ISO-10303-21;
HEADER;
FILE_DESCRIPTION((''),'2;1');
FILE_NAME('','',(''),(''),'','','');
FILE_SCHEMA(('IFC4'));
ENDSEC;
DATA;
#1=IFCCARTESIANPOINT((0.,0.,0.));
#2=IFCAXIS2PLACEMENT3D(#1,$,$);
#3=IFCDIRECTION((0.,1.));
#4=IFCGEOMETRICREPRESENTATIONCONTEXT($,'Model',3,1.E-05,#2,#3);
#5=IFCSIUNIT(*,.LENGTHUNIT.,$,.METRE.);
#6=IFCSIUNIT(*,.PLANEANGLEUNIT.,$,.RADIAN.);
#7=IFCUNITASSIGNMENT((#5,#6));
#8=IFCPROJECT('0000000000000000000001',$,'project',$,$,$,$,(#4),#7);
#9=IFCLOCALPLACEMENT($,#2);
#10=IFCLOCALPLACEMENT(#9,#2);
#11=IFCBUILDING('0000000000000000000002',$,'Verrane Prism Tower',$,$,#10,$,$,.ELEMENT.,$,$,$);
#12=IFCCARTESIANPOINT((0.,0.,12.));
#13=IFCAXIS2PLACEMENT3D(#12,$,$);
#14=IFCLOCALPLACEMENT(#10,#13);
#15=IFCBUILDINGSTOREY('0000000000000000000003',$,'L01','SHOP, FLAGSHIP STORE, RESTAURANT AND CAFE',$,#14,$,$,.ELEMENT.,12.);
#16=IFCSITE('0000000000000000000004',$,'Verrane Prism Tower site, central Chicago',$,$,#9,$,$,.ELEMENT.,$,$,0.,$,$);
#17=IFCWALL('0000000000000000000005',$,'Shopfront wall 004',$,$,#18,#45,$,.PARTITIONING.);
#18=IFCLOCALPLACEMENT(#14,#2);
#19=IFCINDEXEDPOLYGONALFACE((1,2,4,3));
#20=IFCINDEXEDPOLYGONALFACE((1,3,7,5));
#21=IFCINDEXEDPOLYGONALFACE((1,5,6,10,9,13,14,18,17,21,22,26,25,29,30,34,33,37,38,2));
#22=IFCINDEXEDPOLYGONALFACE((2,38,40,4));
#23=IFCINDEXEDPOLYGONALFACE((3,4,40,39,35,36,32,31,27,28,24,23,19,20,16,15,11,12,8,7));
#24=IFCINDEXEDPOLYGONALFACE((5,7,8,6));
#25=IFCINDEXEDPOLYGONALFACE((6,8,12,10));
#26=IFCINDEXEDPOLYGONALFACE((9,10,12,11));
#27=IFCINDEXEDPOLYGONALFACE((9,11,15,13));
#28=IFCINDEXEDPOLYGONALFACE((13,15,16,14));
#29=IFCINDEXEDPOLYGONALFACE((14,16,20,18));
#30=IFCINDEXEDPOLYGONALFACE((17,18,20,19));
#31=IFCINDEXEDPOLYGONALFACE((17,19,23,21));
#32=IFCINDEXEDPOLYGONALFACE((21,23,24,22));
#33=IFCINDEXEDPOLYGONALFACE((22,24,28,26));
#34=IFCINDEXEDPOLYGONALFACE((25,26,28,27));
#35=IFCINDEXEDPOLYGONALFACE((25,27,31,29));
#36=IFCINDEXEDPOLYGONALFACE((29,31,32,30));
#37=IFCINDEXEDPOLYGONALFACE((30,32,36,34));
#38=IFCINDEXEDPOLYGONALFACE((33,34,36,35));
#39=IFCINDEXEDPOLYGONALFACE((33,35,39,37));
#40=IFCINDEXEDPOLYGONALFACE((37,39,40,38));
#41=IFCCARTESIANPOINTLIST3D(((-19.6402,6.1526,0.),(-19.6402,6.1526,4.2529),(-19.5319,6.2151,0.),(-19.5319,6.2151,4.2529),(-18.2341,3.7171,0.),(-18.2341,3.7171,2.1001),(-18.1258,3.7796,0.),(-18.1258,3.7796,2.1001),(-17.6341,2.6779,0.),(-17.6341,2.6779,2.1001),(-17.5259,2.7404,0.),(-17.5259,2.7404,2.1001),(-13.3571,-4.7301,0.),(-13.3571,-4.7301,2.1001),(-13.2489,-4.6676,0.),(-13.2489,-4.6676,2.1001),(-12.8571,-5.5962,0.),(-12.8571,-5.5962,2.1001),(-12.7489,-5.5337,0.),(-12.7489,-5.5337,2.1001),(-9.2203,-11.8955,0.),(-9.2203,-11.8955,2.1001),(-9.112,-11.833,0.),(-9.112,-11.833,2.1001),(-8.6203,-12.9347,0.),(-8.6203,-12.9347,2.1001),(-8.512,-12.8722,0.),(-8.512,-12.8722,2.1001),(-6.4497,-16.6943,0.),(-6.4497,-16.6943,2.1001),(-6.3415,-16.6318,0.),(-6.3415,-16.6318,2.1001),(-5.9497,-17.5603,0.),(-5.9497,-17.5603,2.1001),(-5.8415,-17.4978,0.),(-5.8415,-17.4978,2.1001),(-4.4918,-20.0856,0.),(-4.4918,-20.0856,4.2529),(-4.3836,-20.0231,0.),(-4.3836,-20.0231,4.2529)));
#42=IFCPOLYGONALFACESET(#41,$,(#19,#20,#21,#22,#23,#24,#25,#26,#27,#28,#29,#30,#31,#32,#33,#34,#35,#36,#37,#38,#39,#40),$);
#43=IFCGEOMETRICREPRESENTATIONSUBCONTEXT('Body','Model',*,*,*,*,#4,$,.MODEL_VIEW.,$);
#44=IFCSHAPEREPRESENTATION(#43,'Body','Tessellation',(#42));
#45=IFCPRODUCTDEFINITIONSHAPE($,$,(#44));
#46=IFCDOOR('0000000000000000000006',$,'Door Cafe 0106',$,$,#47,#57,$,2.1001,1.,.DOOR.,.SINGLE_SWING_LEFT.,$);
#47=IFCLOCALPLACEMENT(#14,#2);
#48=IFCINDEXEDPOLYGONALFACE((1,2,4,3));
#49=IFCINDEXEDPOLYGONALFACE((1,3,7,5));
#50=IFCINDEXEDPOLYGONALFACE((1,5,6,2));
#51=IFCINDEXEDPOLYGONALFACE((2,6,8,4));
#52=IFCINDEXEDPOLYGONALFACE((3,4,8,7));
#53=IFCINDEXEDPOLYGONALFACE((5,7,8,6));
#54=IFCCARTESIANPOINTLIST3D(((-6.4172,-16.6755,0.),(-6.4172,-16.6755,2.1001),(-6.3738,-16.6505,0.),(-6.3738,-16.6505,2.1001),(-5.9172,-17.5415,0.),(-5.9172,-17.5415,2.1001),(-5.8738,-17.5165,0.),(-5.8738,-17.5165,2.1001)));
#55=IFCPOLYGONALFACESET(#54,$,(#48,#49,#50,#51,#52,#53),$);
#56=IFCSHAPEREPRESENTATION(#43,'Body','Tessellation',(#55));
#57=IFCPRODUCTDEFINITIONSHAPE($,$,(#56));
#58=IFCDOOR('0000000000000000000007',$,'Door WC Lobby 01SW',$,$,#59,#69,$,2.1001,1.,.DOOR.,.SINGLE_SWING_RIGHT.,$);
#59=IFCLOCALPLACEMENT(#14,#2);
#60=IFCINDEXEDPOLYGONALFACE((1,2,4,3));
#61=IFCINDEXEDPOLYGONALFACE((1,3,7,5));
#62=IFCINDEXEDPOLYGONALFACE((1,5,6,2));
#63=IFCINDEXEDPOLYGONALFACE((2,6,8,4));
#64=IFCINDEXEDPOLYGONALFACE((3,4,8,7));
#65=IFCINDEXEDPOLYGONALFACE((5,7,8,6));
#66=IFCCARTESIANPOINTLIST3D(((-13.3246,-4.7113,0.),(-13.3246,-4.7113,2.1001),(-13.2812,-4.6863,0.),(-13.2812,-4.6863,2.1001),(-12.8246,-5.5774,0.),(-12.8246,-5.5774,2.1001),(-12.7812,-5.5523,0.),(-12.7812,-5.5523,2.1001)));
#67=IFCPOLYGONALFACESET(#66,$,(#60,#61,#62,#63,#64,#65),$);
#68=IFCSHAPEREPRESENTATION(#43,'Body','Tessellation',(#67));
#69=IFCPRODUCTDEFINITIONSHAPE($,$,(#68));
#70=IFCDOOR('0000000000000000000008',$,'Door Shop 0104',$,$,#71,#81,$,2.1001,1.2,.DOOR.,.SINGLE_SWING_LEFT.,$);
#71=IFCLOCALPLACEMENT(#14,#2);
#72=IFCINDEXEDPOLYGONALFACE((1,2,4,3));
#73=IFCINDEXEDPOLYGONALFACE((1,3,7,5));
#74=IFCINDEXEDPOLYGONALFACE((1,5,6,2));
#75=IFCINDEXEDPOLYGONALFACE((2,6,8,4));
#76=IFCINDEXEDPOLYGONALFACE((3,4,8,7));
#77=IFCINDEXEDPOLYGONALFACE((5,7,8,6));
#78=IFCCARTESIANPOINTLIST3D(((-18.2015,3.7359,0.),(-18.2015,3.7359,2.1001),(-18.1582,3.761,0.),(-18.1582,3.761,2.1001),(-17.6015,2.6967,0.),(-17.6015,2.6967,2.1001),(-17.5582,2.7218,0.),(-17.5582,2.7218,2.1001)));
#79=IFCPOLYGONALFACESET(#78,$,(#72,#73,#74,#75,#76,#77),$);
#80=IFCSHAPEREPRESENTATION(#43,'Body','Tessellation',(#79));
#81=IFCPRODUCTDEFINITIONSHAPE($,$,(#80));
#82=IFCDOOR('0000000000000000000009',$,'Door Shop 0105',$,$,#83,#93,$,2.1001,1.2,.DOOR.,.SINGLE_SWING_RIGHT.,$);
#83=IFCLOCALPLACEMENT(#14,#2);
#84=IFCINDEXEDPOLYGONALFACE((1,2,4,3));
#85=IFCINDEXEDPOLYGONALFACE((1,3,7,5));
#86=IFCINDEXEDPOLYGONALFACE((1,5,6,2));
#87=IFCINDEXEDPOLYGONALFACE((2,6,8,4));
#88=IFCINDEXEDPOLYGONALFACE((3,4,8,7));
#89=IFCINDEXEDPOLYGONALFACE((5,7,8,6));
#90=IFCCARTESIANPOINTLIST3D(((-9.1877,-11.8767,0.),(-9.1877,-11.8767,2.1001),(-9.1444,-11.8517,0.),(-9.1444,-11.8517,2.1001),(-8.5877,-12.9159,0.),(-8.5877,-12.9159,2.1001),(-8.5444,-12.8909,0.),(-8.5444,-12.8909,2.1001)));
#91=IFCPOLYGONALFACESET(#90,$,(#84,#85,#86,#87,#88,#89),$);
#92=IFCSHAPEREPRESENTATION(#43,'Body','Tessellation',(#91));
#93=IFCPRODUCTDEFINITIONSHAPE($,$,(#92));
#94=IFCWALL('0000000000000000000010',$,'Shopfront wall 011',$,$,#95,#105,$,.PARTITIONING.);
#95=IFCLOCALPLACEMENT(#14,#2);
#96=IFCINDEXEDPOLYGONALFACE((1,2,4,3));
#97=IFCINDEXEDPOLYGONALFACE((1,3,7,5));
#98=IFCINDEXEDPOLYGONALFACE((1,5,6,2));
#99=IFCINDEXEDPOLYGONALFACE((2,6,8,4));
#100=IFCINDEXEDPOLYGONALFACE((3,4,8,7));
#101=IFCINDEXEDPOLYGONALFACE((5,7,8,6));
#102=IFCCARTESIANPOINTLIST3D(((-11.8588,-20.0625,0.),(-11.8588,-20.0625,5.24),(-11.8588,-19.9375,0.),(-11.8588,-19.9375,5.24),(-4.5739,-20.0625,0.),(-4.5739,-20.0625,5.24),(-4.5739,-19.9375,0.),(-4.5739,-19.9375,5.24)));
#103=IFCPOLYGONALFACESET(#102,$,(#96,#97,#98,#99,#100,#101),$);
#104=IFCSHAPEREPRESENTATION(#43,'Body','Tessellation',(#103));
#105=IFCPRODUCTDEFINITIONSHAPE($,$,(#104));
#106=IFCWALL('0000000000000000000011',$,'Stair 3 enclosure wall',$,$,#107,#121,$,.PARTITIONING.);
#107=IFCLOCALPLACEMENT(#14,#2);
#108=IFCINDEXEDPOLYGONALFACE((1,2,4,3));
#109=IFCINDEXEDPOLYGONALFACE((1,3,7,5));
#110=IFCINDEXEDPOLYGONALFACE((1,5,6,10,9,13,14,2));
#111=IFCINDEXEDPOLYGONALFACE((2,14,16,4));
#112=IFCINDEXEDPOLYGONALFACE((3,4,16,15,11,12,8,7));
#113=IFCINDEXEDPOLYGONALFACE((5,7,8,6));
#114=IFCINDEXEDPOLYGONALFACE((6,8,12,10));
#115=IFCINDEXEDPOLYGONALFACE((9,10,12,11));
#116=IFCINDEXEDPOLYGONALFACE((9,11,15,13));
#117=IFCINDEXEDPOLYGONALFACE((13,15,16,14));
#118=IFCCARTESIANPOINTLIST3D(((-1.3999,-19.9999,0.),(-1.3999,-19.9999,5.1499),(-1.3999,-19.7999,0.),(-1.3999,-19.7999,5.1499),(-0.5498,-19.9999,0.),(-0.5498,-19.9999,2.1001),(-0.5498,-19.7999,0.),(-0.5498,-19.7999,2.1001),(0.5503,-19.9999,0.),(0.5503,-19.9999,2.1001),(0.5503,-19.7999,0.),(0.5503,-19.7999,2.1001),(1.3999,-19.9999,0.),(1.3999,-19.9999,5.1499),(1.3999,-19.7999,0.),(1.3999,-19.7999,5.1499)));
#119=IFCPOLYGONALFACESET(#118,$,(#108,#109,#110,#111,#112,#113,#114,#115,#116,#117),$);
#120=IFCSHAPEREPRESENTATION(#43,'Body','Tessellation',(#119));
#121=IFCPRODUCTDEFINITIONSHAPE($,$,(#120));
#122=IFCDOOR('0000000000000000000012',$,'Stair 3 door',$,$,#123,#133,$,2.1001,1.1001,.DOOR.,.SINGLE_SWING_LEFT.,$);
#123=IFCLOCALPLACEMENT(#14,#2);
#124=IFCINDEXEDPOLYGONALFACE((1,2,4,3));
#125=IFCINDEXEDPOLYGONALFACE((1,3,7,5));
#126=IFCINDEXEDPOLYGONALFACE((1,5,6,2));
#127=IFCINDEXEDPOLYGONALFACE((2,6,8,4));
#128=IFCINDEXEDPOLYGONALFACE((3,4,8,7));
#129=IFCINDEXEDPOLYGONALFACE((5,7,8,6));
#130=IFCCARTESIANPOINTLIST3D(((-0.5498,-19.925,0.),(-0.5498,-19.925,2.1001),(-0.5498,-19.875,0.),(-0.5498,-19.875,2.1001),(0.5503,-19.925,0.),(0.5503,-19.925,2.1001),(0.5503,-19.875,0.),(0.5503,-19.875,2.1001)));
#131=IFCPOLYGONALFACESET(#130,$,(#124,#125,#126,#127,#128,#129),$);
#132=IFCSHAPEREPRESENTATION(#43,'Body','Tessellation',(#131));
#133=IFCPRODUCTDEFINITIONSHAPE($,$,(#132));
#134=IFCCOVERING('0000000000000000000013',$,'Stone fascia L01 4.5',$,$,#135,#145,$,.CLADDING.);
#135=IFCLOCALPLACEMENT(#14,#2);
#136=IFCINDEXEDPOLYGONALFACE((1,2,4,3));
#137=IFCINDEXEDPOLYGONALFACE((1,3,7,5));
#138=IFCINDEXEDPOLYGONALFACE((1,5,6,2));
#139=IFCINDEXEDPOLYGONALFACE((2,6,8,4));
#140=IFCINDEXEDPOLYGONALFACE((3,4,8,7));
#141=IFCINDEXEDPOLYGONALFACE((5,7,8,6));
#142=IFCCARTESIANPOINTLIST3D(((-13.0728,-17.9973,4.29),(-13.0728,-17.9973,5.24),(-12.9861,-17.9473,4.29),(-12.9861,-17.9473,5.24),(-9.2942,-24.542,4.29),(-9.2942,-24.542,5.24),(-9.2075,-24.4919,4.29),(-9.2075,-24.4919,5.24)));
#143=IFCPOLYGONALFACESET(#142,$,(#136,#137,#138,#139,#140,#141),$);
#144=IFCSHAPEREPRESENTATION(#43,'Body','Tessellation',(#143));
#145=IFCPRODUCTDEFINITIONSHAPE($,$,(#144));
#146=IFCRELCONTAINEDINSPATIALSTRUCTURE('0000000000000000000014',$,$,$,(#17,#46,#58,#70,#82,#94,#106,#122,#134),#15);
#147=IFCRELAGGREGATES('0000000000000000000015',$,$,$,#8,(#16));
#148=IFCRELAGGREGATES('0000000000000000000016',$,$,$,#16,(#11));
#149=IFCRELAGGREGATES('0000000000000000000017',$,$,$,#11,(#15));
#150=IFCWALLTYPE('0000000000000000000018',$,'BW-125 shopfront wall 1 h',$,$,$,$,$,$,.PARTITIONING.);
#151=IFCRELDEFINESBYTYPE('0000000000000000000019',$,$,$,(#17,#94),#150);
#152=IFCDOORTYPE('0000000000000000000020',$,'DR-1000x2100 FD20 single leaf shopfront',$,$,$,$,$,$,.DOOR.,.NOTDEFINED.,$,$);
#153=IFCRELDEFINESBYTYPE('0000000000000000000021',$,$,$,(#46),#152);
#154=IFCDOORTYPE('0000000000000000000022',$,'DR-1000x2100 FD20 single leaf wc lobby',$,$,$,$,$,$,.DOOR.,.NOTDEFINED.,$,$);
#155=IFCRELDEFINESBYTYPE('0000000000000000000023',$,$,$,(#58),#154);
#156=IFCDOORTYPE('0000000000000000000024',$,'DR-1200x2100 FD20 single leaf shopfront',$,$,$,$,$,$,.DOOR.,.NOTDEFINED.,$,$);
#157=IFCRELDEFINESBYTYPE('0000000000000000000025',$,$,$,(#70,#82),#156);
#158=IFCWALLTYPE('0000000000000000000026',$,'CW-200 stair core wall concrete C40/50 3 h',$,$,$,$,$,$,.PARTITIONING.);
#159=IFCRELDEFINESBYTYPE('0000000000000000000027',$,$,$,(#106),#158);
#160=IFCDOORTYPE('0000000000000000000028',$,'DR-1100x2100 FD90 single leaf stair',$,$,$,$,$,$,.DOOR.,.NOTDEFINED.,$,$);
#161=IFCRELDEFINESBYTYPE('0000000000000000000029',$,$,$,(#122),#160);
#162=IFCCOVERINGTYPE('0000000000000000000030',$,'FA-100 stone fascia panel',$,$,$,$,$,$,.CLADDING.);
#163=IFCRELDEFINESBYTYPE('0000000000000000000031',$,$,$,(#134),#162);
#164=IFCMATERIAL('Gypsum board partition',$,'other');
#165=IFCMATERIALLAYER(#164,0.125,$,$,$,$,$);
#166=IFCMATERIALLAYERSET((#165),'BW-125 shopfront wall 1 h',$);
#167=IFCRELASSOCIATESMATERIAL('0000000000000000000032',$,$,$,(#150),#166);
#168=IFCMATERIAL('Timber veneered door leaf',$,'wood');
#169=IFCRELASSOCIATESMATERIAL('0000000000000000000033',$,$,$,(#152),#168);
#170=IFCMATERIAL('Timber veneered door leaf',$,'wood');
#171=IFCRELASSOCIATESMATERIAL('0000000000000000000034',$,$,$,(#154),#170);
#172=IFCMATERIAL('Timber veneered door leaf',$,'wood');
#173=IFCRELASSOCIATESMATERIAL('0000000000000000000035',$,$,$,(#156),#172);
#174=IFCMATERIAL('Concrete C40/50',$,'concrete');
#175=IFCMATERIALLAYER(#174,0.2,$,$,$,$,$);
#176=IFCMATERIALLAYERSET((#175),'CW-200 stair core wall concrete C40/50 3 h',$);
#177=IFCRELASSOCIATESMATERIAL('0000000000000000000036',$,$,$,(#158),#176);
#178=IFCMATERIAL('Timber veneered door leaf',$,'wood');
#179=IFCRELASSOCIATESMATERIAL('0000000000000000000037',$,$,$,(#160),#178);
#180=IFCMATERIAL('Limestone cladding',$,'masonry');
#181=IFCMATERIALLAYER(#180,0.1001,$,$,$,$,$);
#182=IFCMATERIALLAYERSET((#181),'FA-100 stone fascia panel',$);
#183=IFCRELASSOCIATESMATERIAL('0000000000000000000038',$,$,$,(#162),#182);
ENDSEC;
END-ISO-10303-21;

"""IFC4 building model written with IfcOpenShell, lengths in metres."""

from ifc_helpers import new_model, si_unit, direction, frame, frame_2d, origin, origin_2d, place, context, subcontext, project, spatial, rectangle, extrude, material, layer, layer_set, type_object, element, fill, save


model = new_model("IFC4")

# Units and contexts
model_context = context("Model", 3, precision=1e-05, world=origin(), true_north=direction((0.0, 1.0)))
body_context = subcontext(model_context, "Body", "Model", "MODEL_VIEW")
ifc_project = project(units=[si_unit("LENGTHUNIT", "METRE"), si_unit("PLANEANGLEUNIT", "RADIAN")], contexts=[model_context])

# Site, building, storey
site_placement = place(None, origin())
site = spatial("IfcSite", under=ifc_project, at=site_placement, Name="Verrane Prism Tower site, central Chicago", CompositionType="ELEMENT", RefElevation=0.0)
building_placement = place(site_placement, origin())
building = spatial("IfcBuilding", under=site, at=building_placement, Name="Verrane Prism Tower", CompositionType="ELEMENT")
storey_placement = place(building_placement, frame((0.0, 0.0, 12.0)))
storey = spatial("IfcBuildingStorey", under=building, at=storey_placement, Name="L01", Description="SHOP, FLAGSHIP STORE, RESTAURANT AND CAFE", CompositionType="ELEMENT", Elevation=12.0)

# Wall, openings, doors
ifc_material_1 = material(Name="Gypsum board partition", Category="other")
ifc_layer_1 = layer(ifc_material_1, 0.125)
ifc_layer_set_1 = layer_set([ifc_layer_1], Name="BW-125 shopfront wall 1 h")
wall_type_1 = type_object("IfcWallType", Name="BW-125 shopfront wall 1 h", PredefinedType="PARTITIONING", material=ifc_layer_set_1)
wall_1_placement = place(storey_placement, frame((-4.4377, -20.0542, 0.0), z_axis=(0.0, 0.0, 1.0), x_axis=(-0.499994, 0.866029, 0.0)))
wall_1 = element("IfcWall", 1, at=wall_1_placement, inside=storey, type_object=wall_type_1, Name="Shopfront wall 004", PredefinedType="PARTITIONING", context=body_context, shape_type="SweptSolid", body=[
    extrude(rectangle(XDim=30.2971, YDim=0.125, at=frame_2d((15.1484, 0.0))), origin(), (0.0, 0.0, 1.0), 4.2529),
])
opening_1_placement = place(wall_1_placement, frame((26.2847, 0.0, 0.0)))
opening_1 = element("IfcOpeningElement", 2, at=opening_1_placement, cuts=wall_1, PredefinedType="OPENING", context=body_context, shape_type="SweptSolid", body=[
    extrude(rectangle(XDim=1.2, YDim=2.1001, at=frame_2d((0.6001, 1.05))), frame((0.0, 0.0725, 0.0), z_axis=(0.0, -1.0, 0.0), x_axis=(1.0, 0.0, 0.0)), (0.0, 0.0, 1.0), 0.145),
])
opening_2_placement = place(wall_1_placement, frame((16.7307, 0.0, 0.0)))
opening_2 = element("IfcOpeningElement", 3, at=opening_2_placement, cuts=wall_1, PredefinedType="OPENING", context=body_context, shape_type="SweptSolid", body=[
    extrude(rectangle(XDim=1.0, YDim=2.1001, at=frame_2d((0.5, 1.05))), frame((0.0, 0.0725, 0.0), z_axis=(0.0, -1.0, 0.0), x_axis=(1.0, 0.0, 0.0)), (0.0, 0.0, 1.0), 0.145),
])
opening_3_placement = place(wall_1_placement, frame((8.2568, 0.0, 0.0)))
opening_3 = element("IfcOpeningElement", 4, at=opening_3_placement, cuts=wall_1, PredefinedType="OPENING", context=body_context, shape_type="SweptSolid", body=[
    extrude(rectangle(XDim=1.2, YDim=2.1001, at=frame_2d((0.6001, 1.05))), frame((0.0, 0.0725, 0.0), z_axis=(0.0, -1.0, 0.0), x_axis=(1.0, 0.0, 0.0)), (0.0, 0.0, 1.0), 0.145),
])
opening_4_placement = place(wall_1_placement, frame((2.9158, 0.0, 0.0)))
opening_4 = element("IfcOpeningElement", 5, at=opening_4_placement, cuts=wall_1, PredefinedType="OPENING", context=body_context, shape_type="SweptSolid", body=[
    extrude(rectangle(XDim=1.0, YDim=2.1001, at=frame_2d((0.5, 1.05))), frame((0.0, 0.0725, 0.0), z_axis=(0.0, -1.0, 0.0), x_axis=(1.0, 0.0, 0.0)), (0.0, 0.0, 1.0), 0.145),
])
ifc_material_2 = material(Name="Timber veneered door leaf", Category="wood")
door_type_1 = type_object("IfcDoorType", Name="DR-1000x2100 FD20 single leaf shopfront", OperationType="NOTDEFINED", PredefinedType="DOOR", material=ifc_material_2)
door_1_placement = place(opening_4_placement, origin())
door_1 = element("IfcDoor", 6, at=door_1_placement, inside=storey, type_object=door_type_1, Name="Door Cafe 0106", OperationType="SINGLE_SWING_LEFT", OverallHeight=2.1001, OverallWidth=1.0, PredefinedType="DOOR", context=body_context, shape_type="SweptSolid", body=[
    extrude(rectangle(XDim=1.0, YDim=2.1001, at=frame_2d((0.5, 1.05))), frame((0.0, 0.0249, 0.0), z_axis=(0.0, -1.0, 0.0), x_axis=(1.0, 0.0, 0.0)), (0.0, 0.0, 1.0), 0.05),
])
fill(opening_4, door_1)
ifc_material_3 = material(Name="Timber veneered door leaf", Category="wood")
door_type_2 = type_object("IfcDoorType", Name="DR-1000x2100 FD20 single leaf wc lobby", OperationType="NOTDEFINED", PredefinedType="DOOR", material=ifc_material_3)
door_2_placement = place(opening_2_placement, origin())
door_2 = element("IfcDoor", 7, at=door_2_placement, inside=storey, type_object=door_type_2, Name="Door WC Lobby 01SW", OperationType="SINGLE_SWING_RIGHT", OverallHeight=2.1001, OverallWidth=1.0, PredefinedType="DOOR", context=body_context, shape_type="SweptSolid", body=[
    extrude(rectangle(XDim=1.0, YDim=2.1001, at=frame_2d((0.5, 1.05))), frame((0.0, 0.0249, 0.0), z_axis=(0.0, -1.0, 0.0), x_axis=(1.0, 0.0, 0.0)), (0.0, 0.0, 1.0), 0.05),
])
fill(opening_2, door_2)
ifc_material_4 = material(Name="Timber veneered door leaf", Category="wood")
door_type_3 = type_object("IfcDoorType", Name="DR-1200x2100 FD20 single leaf shopfront", OperationType="NOTDEFINED", PredefinedType="DOOR", material=ifc_material_4)
door_3_placement = place(opening_1_placement, origin())
door_3 = element("IfcDoor", 8, at=door_3_placement, inside=storey, type_object=door_type_3, Name="Door Shop 0104", OperationType="SINGLE_SWING_LEFT", OverallHeight=2.1001, OverallWidth=1.2, PredefinedType="DOOR", context=body_context, shape_type="SweptSolid", body=[
    extrude(rectangle(XDim=1.2, YDim=2.1001, at=frame_2d((0.6001, 1.05))), frame((0.0, 0.0249, 0.0), z_axis=(0.0, -1.0, 0.0), x_axis=(1.0, 0.0, 0.0)), (0.0, 0.0, 1.0), 0.05),
])
fill(opening_1, door_3)
door_4_placement = place(opening_3_placement, origin())
door_4 = element("IfcDoor", 9, at=door_4_placement, inside=storey, type_object=door_type_3, Name="Door Shop 0105", OperationType="SINGLE_SWING_RIGHT", OverallHeight=2.1001, OverallWidth=1.2, PredefinedType="DOOR", context=body_context, shape_type="SweptSolid", body=[
    extrude(rectangle(XDim=1.2, YDim=2.1001, at=frame_2d((0.6001, 1.05))), frame((0.0, 0.0249, 0.0), z_axis=(0.0, -1.0, 0.0), x_axis=(1.0, 0.0, 0.0)), (0.0, 0.0, 1.0), 0.05),
])
fill(opening_3, door_4)

# Wall
wall_2_placement = place(storey_placement, frame((-11.8589, -20.0, 0.0), z_axis=(0.0, 0.0, 1.0), x_axis=(1.0, 0.0, 0.0)))
element("IfcWall", 10, at=wall_2_placement, inside=storey, type_object=wall_type_1, Name="Shopfront wall 011", PredefinedType="PARTITIONING", context=body_context, shape_type="SweptSolid", body=[
    extrude(rectangle(XDim=7.2849, YDim=0.125, at=frame_2d((3.6426, 0.0))), origin(), (0.0, 0.0, 1.0), 5.24),
])

# Wall, opening, door
ifc_material_5 = material(Name="Concrete C40/50", Category="concrete")
ifc_layer_2 = layer(ifc_material_5, 0.2)
ifc_layer_set_2 = layer_set([ifc_layer_2], Name="CW-200 stair core wall concrete C40/50 3 h")
wall_type_2 = type_object("IfcWallType", Name="CW-200 stair core wall concrete C40/50 3 h", PredefinedType="PARTITIONING", material=ifc_layer_set_2)
wall_3_placement = place(storey_placement, frame((-1.3999, -19.8999, 0.0), z_axis=(0.0, 0.0, 1.0), x_axis=(1.0, 0.0, 0.0)))
wall_3 = element("IfcWall", 11, at=wall_3_placement, inside=storey, type_object=wall_type_2, Name="Stair 3 enclosure wall", PredefinedType="PARTITIONING", context=body_context, shape_type="SweptSolid", body=[
    extrude(rectangle(XDim=2.7998, YDim=0.2, at=frame_2d((1.3999, 0.0))), origin(), (0.0, 0.0, 1.0), 5.1499),
])
opening_5_placement = place(wall_3_placement, frame((0.8501, 0.0, 0.0)))
opening_5 = element("IfcOpeningElement", 12, at=opening_5_placement, cuts=wall_3, PredefinedType="OPENING", context=body_context, shape_type="SweptSolid", body=[
    extrude(rectangle(XDim=1.1001, YDim=2.1001, at=frame_2d((0.55, 1.05))), frame((0.0, 0.1099, 0.0), z_axis=(0.0, -1.0, 0.0), x_axis=(1.0, 0.0, 0.0)), (0.0, 0.0, 1.0), 0.22),
])
ifc_material_6 = material(Name="Timber veneered door leaf", Category="wood")
door_type_4 = type_object("IfcDoorType", Name="DR-1100x2100 FD90 single leaf stair", OperationType="NOTDEFINED", PredefinedType="DOOR", material=ifc_material_6)
door_5_placement = place(opening_5_placement, origin())
door_5 = element("IfcDoor", 13, at=door_5_placement, inside=storey, type_object=door_type_4, Name="Stair 3 door", OperationType="SINGLE_SWING_LEFT", OverallHeight=2.1001, OverallWidth=1.1001, PredefinedType="DOOR", context=body_context, shape_type="SweptSolid", body=[
    extrude(rectangle(XDim=1.1001, YDim=2.1001, at=frame_2d((0.55, 1.05))), frame((0.0, 0.0249, 0.0), z_axis=(0.0, -1.0, 0.0), x_axis=(1.0, 0.0, 0.0)), (0.0, 0.0, 1.0), 0.05),
])
fill(opening_5, door_5)

# Covering
ifc_material_7 = material(Name="Limestone cladding", Category="masonry")
ifc_layer_3 = layer(ifc_material_7, 0.1001)
ifc_layer_set_3 = layer_set([ifc_layer_3], Name="FA-100 stone fascia panel")
covering_type = type_object("IfcCoveringType", Name="FA-100 stone fascia panel", PredefinedType="CLADDING", material=ifc_layer_set_3)
covering_placement = place(storey_placement, frame((-11.1401, -21.2446, 4.29), z_axis=(0.0, 0.0, 1.0), x_axis=(0.5, -0.866025, 0.0)))
element("IfcCovering", 14, at=covering_placement, inside=storey, type_object=covering_type, Name="Stone fascia L01 4.5", PredefinedType="CLADDING", context=body_context, shape_type="SweptSolid", body=[
    extrude(rectangle(XDim=7.5571, YDim=0.1001, at=origin_2d()), origin(), (0.0, 0.0, 1.0), 0.95),
])

save(model, "model.ifc")
